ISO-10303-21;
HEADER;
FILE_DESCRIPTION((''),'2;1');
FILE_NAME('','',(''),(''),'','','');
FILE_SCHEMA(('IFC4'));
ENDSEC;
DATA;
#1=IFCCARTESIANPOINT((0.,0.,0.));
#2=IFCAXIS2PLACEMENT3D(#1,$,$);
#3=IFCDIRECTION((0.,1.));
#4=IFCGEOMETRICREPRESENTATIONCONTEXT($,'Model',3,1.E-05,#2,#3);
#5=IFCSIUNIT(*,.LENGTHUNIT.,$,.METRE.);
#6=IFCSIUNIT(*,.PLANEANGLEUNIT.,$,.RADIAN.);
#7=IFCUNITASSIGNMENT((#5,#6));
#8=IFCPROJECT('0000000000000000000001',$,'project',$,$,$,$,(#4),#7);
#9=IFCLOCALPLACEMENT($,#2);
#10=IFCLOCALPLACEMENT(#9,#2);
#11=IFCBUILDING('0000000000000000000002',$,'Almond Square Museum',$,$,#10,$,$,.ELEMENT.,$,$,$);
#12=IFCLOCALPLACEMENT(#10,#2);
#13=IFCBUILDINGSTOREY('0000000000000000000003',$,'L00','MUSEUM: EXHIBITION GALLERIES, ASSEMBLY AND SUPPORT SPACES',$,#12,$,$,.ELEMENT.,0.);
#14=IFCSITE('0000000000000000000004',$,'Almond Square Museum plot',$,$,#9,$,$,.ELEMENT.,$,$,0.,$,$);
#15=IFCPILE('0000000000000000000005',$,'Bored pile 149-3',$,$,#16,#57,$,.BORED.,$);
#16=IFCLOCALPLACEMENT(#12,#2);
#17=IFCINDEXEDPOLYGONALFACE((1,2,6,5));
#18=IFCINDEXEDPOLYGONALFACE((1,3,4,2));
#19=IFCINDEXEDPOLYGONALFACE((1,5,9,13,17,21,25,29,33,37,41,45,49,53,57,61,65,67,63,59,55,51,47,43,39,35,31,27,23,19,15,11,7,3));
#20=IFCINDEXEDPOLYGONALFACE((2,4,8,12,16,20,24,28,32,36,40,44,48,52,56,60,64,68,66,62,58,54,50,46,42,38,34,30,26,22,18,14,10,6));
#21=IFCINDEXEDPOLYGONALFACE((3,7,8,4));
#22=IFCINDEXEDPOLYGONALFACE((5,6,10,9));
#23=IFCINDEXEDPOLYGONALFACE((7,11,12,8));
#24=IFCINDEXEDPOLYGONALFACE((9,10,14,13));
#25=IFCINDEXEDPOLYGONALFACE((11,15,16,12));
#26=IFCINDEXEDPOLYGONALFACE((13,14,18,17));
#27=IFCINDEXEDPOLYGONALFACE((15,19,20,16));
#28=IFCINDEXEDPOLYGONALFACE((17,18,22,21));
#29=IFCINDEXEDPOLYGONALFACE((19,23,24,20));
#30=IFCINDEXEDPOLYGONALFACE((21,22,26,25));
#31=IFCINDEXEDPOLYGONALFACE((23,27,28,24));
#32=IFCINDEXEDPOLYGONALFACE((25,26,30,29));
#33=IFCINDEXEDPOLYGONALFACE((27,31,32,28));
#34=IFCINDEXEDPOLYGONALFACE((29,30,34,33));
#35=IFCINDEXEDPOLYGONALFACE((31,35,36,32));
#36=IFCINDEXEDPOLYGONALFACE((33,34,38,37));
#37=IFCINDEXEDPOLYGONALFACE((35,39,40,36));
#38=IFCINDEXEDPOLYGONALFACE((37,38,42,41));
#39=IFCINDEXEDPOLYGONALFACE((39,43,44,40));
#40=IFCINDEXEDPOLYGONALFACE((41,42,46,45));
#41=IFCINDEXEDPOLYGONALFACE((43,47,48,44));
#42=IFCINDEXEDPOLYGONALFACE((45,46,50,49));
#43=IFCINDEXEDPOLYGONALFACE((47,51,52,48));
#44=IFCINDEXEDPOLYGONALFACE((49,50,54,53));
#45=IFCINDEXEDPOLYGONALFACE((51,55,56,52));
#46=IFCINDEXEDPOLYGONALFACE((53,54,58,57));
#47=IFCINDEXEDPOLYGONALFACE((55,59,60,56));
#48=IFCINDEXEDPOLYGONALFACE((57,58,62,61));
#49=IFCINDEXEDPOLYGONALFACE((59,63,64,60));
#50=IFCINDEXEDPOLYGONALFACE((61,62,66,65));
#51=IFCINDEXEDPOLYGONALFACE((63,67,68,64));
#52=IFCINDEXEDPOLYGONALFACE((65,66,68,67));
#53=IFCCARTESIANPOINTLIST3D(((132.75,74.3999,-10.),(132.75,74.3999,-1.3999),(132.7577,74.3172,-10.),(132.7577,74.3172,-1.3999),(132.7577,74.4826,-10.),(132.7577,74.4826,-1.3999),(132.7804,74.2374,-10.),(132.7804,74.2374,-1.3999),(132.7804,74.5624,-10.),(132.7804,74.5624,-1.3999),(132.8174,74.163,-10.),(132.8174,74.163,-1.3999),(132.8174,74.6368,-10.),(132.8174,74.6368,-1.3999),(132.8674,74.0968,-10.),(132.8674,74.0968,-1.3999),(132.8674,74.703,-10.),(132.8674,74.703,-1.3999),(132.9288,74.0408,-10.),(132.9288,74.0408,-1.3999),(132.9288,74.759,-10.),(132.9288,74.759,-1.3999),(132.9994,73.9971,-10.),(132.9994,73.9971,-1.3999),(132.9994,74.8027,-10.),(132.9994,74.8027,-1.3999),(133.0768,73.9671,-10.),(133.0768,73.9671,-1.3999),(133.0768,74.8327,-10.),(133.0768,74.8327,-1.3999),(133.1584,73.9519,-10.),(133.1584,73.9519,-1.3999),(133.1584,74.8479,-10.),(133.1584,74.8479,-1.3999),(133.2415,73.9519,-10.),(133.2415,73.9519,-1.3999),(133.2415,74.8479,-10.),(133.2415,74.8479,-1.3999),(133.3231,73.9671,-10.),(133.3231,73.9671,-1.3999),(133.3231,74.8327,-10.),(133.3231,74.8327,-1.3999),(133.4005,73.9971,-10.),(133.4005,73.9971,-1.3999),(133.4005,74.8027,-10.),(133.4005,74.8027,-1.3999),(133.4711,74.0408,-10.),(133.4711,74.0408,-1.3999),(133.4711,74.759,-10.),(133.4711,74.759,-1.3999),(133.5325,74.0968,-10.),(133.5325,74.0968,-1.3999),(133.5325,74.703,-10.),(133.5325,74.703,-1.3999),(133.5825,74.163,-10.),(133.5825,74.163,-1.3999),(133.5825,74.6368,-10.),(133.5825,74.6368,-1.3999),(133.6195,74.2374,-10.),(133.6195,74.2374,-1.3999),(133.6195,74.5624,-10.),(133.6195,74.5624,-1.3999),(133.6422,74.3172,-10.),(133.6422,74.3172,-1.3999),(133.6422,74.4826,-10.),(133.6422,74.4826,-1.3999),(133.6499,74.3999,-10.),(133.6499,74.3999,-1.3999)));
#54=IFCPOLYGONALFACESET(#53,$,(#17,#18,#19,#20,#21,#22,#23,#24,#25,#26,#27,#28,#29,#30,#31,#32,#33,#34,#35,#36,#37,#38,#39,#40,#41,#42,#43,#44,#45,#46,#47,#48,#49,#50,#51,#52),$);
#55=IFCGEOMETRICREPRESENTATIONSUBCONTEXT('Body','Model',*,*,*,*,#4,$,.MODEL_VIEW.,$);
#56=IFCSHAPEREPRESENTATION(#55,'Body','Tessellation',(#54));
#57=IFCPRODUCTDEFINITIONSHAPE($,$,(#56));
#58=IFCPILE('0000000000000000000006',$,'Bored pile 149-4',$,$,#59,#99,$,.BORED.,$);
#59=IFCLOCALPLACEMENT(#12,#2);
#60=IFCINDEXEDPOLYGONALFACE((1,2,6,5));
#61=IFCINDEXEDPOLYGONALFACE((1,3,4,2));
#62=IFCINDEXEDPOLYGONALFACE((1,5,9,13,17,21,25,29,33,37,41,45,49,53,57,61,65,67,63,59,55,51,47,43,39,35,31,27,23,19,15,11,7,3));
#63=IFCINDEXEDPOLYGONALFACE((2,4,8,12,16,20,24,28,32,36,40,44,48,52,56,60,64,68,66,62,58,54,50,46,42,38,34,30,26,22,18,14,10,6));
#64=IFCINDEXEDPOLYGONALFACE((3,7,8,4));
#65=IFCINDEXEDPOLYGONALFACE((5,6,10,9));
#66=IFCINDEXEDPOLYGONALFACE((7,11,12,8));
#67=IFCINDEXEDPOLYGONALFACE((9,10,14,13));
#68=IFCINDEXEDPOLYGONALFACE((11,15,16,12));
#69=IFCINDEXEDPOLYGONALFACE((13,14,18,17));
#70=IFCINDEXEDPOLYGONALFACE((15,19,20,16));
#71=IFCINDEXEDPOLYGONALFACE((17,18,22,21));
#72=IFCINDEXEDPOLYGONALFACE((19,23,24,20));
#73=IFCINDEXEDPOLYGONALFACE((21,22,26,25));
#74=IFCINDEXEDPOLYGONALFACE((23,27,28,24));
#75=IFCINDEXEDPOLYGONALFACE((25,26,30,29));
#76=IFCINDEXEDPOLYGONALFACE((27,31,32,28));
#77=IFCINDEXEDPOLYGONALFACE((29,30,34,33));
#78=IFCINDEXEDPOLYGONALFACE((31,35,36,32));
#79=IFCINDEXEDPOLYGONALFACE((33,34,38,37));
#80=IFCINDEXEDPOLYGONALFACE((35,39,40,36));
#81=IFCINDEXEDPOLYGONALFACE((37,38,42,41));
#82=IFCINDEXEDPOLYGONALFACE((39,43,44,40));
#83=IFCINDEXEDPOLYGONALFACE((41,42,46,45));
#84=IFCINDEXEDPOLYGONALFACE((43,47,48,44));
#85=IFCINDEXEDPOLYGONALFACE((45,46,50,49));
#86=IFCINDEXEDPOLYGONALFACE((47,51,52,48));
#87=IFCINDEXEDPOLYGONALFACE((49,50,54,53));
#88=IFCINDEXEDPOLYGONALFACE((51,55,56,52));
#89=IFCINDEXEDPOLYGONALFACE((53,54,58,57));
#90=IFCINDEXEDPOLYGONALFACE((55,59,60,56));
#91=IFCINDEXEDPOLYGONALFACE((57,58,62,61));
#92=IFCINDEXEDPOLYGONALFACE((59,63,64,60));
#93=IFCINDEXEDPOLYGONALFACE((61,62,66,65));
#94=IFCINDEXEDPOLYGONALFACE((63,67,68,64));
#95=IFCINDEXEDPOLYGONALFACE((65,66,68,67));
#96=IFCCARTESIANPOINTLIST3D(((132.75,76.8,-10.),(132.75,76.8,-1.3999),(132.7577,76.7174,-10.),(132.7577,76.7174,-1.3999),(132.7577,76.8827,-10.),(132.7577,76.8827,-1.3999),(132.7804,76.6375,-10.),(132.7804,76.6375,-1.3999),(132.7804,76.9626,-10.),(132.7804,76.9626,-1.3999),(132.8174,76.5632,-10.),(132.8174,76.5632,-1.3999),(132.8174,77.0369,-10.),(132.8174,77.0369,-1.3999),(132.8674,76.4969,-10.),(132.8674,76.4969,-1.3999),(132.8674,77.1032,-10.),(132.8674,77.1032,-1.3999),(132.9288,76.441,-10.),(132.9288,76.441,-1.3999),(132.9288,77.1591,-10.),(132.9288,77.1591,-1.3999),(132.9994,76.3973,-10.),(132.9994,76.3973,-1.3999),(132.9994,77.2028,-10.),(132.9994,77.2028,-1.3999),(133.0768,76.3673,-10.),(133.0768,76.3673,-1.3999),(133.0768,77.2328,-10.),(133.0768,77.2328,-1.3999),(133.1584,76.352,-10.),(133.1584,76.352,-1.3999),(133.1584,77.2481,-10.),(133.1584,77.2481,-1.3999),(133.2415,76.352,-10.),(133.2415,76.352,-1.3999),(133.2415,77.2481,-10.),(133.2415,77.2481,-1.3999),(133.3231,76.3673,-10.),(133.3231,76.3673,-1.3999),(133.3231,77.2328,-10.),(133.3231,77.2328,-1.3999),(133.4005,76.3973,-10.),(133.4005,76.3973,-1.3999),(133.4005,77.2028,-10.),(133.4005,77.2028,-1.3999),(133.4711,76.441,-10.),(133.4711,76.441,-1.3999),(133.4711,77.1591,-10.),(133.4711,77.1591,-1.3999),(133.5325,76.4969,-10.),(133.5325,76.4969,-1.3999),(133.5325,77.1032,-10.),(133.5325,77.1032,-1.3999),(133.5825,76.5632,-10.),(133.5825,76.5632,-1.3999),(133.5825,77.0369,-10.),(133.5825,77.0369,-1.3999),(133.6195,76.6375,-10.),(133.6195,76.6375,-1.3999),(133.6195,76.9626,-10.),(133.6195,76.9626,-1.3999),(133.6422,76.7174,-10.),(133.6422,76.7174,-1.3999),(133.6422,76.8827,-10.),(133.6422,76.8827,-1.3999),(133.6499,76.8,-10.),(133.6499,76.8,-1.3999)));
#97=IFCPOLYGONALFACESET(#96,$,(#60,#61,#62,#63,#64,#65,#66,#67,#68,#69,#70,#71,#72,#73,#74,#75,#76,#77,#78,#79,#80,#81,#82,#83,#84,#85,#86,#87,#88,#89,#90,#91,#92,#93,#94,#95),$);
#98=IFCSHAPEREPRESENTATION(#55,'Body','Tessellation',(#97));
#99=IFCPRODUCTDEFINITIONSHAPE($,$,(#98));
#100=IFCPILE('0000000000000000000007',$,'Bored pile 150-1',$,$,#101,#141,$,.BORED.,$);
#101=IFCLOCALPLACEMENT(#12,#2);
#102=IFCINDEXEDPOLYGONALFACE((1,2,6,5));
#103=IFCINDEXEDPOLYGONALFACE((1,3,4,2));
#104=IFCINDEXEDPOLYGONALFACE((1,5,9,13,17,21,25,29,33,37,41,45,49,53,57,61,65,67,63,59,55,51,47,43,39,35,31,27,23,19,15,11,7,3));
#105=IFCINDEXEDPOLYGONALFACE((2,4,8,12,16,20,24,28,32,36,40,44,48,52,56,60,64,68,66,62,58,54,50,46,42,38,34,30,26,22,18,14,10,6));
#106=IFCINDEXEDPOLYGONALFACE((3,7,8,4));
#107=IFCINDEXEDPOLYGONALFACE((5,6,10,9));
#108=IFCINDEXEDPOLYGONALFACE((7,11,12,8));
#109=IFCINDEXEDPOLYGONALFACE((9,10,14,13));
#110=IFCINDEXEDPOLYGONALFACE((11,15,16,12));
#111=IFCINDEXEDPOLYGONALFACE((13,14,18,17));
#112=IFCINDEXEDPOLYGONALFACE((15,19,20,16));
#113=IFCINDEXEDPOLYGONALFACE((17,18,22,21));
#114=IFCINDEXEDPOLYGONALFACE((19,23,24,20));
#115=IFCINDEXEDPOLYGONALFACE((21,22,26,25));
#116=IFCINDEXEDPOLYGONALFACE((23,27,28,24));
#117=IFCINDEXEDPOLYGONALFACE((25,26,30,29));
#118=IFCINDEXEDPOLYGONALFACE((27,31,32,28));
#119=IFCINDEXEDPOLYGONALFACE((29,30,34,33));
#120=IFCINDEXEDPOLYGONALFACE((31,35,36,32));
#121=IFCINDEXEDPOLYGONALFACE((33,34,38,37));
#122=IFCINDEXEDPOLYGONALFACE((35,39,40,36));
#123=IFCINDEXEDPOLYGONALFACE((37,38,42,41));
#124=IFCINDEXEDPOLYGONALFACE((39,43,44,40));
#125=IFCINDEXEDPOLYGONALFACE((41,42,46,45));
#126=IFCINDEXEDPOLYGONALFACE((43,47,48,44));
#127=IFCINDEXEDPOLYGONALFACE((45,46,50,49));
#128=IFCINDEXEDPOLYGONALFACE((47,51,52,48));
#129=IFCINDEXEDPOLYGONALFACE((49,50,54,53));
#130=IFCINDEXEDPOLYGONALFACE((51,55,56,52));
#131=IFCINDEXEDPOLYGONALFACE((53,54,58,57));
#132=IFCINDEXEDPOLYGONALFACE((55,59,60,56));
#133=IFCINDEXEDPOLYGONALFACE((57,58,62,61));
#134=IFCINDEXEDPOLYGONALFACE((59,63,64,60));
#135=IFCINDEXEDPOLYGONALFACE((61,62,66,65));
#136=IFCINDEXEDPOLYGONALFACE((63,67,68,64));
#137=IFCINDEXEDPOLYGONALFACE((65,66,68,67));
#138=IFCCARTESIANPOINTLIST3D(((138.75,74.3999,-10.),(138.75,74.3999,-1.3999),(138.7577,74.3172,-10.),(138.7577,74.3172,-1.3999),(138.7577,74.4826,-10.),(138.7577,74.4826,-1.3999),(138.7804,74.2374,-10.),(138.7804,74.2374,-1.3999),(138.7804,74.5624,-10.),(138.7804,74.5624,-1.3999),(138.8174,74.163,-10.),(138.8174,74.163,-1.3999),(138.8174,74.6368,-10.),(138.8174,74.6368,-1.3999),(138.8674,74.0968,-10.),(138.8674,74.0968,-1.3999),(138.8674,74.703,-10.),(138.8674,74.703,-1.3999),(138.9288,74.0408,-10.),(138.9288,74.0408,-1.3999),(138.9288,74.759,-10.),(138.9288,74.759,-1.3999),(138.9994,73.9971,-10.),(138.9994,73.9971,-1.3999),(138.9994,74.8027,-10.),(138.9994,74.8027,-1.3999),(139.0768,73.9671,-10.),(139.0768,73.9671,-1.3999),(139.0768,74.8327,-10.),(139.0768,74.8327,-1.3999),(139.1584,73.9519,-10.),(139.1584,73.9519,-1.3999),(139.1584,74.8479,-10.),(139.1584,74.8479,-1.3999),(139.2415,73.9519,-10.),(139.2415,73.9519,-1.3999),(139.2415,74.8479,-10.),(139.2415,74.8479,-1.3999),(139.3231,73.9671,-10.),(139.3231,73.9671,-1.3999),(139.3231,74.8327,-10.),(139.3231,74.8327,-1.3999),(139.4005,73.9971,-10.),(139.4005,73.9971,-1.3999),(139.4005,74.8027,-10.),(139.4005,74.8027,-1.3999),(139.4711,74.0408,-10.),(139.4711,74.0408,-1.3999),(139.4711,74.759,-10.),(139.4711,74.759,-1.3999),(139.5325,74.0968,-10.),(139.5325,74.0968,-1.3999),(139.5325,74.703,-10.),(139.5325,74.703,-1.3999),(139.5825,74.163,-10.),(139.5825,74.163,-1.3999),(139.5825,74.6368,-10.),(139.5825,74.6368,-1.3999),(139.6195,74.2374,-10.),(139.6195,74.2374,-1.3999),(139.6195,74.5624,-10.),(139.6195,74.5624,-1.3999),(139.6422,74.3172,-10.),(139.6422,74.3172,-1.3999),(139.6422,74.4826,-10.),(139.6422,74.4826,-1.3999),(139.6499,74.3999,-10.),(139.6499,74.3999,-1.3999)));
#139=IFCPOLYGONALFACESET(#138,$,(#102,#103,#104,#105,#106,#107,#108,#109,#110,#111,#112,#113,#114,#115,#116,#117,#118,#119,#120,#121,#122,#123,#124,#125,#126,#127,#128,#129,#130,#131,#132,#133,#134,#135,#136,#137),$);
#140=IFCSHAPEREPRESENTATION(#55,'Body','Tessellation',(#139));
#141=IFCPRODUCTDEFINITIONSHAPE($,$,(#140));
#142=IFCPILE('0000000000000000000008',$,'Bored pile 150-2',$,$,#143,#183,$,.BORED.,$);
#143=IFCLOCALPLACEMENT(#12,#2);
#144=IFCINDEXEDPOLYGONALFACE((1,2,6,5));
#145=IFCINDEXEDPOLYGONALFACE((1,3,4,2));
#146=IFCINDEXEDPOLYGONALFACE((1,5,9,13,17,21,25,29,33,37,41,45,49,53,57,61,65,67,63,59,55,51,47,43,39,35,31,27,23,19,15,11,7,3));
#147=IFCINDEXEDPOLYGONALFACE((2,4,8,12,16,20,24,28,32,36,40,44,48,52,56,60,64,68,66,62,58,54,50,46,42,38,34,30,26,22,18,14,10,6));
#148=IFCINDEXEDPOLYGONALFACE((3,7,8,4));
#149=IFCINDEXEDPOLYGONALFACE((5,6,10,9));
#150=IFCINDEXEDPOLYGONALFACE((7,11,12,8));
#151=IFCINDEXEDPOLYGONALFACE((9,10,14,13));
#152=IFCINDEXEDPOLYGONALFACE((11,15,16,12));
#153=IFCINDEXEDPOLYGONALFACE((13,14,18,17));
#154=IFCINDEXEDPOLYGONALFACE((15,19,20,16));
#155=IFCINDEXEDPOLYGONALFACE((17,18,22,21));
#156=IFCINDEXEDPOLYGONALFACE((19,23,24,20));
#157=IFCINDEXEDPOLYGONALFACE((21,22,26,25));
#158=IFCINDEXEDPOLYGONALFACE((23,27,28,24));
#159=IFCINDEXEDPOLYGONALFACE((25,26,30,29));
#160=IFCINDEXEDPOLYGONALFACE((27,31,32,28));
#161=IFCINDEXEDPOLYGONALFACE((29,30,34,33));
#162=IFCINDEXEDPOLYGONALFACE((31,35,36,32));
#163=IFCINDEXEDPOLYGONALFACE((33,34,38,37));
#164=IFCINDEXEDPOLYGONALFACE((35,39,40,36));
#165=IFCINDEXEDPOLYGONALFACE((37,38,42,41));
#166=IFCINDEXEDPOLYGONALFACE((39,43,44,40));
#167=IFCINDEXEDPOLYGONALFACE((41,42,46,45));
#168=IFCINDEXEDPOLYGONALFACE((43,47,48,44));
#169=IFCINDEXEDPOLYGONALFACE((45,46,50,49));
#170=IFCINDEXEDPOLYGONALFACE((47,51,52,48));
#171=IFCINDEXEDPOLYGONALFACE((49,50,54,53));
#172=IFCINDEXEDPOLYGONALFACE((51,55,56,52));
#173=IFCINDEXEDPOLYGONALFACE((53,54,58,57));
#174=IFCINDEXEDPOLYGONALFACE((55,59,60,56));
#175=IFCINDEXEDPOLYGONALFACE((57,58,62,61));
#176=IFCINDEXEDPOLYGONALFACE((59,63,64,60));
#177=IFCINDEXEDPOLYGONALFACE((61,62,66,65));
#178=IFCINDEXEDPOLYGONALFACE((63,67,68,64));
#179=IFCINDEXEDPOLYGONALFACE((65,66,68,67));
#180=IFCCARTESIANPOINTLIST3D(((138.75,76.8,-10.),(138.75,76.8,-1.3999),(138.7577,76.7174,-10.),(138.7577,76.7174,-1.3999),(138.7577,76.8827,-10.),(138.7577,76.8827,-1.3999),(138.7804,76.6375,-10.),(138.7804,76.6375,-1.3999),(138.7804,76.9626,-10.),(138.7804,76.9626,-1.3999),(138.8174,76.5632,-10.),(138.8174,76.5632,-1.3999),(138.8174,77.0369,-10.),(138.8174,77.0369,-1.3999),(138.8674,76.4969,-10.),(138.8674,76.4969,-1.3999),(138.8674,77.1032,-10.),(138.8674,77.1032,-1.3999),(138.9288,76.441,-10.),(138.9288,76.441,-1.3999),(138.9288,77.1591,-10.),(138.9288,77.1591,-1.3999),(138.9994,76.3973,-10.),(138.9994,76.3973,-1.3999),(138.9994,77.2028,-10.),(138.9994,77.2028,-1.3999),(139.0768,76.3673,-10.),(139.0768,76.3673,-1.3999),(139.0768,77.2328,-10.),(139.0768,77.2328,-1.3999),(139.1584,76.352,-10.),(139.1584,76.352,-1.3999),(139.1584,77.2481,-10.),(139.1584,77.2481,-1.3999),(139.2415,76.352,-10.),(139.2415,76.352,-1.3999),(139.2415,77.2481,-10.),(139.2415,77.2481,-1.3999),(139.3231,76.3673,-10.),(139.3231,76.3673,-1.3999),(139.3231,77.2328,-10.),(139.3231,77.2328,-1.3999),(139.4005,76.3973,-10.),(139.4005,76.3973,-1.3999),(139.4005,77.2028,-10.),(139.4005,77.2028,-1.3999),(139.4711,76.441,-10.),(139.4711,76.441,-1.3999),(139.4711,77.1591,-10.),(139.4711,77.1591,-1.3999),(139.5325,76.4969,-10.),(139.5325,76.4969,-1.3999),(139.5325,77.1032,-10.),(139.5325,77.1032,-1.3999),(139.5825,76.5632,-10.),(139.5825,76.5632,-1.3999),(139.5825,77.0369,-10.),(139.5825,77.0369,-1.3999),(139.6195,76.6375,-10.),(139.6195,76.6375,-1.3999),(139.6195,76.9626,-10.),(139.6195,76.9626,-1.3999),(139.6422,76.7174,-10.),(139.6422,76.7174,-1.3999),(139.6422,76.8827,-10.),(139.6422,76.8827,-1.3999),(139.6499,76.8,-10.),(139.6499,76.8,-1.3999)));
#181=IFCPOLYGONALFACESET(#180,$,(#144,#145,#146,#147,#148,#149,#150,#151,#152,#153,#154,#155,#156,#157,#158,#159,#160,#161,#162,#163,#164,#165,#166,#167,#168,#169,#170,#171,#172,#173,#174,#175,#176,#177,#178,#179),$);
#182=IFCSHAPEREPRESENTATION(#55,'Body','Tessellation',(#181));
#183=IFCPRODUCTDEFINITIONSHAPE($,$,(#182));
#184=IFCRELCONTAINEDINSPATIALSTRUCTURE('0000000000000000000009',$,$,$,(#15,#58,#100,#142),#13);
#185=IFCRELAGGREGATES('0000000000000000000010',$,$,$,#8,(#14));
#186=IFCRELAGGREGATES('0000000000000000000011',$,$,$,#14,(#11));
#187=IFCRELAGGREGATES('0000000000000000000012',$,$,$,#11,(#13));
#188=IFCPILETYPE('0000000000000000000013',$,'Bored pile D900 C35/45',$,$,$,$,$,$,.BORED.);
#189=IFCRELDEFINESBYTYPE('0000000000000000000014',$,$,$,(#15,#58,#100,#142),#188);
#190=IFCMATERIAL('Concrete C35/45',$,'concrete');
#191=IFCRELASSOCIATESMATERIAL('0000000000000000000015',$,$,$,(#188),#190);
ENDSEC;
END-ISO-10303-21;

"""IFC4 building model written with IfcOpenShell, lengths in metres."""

from ifc_helpers import new_model, si_unit, direction, frame, origin, origin_2d, place, context, subcontext, project, spatial, circle, extrude, material, material_profile, profile_set, type_object, element, save


model = new_model("IFC4")

# Units and contexts
model_context = context("Model", 3, precision=1e-05, world=origin(), true_north=direction((0.0, 1.0)))
body_context = subcontext(model_context, "Body", "Model", "MODEL_VIEW")
ifc_project = project(units=[si_unit("LENGTHUNIT", "METRE"), si_unit("PLANEANGLEUNIT", "RADIAN")], contexts=[model_context])

# Site, building, storey
site_placement = place(None, origin())
site = spatial("IfcSite", under=ifc_project, at=site_placement, Name="Almond Square Museum plot", CompositionType="ELEMENT", RefElevation=0.0)
building_placement = place(site_placement, origin())
building = spatial("IfcBuilding", under=site, at=building_placement, Name="Almond Square Museum", CompositionType="ELEMENT")
storey_placement = place(building_placement, origin())
storey = spatial("IfcBuildingStorey", under=building, at=storey_placement, Name="L00", Description="MUSEUM: EXHIBITION GALLERIES, ASSEMBLY AND SUPPORT SPACES", CompositionType="ELEMENT", Elevation=0.0)

# Piles
ifc_material_1 = material(Name="Concrete C35/45", Category="concrete")
ifc_material_profile_1 = material_profile(ifc_material_1, circle(Radius=0.45, at=origin_2d()))
ifc_profile_set_1 = profile_set([ifc_material_profile_1], Name="Concrete C35/45")
pile_type = type_object("IfcPileType", Name="Bored pile D900 C35/45", PredefinedType="BORED", material=ifc_profile_set_1)
for number, where, z_axis, x_axis, name in (
    (1, (133.2, 74.3999, -1.3999), (0.0, 0.0, -1.0), (1.0, 0.0, 0.0), "Bored pile 149-3"),
    (2, (133.2, 76.8, -1.3999), (0.0, 0.0, -1.0), (1.0, 0.0, 0.0), "Bored pile 149-4"),
    (3, (139.2, 74.3999, -1.3999), (0.0, 0.0, -1.0), (1.0, 0.0, 0.0), "Bored pile 150-1"),
    (4, (139.2, 76.8, -1.3999), (0.0, 0.0, -1.0), (1.0, 0.0, 0.0), "Bored pile 150-2"),
):
    element("IfcPile", number, at=place(storey_placement, frame(where, z_axis=z_axis, x_axis=x_axis)), inside=storey, type_object=pile_type, Name=name, PredefinedType="BORED", context=body_context, shape_type="SweptSolid", body=[
        extrude(circle(Radius=0.45, at=origin_2d()), origin(), (0.0, 0.0, 1.0), 8.6001),
    ])

save(model, "model.ifc")
